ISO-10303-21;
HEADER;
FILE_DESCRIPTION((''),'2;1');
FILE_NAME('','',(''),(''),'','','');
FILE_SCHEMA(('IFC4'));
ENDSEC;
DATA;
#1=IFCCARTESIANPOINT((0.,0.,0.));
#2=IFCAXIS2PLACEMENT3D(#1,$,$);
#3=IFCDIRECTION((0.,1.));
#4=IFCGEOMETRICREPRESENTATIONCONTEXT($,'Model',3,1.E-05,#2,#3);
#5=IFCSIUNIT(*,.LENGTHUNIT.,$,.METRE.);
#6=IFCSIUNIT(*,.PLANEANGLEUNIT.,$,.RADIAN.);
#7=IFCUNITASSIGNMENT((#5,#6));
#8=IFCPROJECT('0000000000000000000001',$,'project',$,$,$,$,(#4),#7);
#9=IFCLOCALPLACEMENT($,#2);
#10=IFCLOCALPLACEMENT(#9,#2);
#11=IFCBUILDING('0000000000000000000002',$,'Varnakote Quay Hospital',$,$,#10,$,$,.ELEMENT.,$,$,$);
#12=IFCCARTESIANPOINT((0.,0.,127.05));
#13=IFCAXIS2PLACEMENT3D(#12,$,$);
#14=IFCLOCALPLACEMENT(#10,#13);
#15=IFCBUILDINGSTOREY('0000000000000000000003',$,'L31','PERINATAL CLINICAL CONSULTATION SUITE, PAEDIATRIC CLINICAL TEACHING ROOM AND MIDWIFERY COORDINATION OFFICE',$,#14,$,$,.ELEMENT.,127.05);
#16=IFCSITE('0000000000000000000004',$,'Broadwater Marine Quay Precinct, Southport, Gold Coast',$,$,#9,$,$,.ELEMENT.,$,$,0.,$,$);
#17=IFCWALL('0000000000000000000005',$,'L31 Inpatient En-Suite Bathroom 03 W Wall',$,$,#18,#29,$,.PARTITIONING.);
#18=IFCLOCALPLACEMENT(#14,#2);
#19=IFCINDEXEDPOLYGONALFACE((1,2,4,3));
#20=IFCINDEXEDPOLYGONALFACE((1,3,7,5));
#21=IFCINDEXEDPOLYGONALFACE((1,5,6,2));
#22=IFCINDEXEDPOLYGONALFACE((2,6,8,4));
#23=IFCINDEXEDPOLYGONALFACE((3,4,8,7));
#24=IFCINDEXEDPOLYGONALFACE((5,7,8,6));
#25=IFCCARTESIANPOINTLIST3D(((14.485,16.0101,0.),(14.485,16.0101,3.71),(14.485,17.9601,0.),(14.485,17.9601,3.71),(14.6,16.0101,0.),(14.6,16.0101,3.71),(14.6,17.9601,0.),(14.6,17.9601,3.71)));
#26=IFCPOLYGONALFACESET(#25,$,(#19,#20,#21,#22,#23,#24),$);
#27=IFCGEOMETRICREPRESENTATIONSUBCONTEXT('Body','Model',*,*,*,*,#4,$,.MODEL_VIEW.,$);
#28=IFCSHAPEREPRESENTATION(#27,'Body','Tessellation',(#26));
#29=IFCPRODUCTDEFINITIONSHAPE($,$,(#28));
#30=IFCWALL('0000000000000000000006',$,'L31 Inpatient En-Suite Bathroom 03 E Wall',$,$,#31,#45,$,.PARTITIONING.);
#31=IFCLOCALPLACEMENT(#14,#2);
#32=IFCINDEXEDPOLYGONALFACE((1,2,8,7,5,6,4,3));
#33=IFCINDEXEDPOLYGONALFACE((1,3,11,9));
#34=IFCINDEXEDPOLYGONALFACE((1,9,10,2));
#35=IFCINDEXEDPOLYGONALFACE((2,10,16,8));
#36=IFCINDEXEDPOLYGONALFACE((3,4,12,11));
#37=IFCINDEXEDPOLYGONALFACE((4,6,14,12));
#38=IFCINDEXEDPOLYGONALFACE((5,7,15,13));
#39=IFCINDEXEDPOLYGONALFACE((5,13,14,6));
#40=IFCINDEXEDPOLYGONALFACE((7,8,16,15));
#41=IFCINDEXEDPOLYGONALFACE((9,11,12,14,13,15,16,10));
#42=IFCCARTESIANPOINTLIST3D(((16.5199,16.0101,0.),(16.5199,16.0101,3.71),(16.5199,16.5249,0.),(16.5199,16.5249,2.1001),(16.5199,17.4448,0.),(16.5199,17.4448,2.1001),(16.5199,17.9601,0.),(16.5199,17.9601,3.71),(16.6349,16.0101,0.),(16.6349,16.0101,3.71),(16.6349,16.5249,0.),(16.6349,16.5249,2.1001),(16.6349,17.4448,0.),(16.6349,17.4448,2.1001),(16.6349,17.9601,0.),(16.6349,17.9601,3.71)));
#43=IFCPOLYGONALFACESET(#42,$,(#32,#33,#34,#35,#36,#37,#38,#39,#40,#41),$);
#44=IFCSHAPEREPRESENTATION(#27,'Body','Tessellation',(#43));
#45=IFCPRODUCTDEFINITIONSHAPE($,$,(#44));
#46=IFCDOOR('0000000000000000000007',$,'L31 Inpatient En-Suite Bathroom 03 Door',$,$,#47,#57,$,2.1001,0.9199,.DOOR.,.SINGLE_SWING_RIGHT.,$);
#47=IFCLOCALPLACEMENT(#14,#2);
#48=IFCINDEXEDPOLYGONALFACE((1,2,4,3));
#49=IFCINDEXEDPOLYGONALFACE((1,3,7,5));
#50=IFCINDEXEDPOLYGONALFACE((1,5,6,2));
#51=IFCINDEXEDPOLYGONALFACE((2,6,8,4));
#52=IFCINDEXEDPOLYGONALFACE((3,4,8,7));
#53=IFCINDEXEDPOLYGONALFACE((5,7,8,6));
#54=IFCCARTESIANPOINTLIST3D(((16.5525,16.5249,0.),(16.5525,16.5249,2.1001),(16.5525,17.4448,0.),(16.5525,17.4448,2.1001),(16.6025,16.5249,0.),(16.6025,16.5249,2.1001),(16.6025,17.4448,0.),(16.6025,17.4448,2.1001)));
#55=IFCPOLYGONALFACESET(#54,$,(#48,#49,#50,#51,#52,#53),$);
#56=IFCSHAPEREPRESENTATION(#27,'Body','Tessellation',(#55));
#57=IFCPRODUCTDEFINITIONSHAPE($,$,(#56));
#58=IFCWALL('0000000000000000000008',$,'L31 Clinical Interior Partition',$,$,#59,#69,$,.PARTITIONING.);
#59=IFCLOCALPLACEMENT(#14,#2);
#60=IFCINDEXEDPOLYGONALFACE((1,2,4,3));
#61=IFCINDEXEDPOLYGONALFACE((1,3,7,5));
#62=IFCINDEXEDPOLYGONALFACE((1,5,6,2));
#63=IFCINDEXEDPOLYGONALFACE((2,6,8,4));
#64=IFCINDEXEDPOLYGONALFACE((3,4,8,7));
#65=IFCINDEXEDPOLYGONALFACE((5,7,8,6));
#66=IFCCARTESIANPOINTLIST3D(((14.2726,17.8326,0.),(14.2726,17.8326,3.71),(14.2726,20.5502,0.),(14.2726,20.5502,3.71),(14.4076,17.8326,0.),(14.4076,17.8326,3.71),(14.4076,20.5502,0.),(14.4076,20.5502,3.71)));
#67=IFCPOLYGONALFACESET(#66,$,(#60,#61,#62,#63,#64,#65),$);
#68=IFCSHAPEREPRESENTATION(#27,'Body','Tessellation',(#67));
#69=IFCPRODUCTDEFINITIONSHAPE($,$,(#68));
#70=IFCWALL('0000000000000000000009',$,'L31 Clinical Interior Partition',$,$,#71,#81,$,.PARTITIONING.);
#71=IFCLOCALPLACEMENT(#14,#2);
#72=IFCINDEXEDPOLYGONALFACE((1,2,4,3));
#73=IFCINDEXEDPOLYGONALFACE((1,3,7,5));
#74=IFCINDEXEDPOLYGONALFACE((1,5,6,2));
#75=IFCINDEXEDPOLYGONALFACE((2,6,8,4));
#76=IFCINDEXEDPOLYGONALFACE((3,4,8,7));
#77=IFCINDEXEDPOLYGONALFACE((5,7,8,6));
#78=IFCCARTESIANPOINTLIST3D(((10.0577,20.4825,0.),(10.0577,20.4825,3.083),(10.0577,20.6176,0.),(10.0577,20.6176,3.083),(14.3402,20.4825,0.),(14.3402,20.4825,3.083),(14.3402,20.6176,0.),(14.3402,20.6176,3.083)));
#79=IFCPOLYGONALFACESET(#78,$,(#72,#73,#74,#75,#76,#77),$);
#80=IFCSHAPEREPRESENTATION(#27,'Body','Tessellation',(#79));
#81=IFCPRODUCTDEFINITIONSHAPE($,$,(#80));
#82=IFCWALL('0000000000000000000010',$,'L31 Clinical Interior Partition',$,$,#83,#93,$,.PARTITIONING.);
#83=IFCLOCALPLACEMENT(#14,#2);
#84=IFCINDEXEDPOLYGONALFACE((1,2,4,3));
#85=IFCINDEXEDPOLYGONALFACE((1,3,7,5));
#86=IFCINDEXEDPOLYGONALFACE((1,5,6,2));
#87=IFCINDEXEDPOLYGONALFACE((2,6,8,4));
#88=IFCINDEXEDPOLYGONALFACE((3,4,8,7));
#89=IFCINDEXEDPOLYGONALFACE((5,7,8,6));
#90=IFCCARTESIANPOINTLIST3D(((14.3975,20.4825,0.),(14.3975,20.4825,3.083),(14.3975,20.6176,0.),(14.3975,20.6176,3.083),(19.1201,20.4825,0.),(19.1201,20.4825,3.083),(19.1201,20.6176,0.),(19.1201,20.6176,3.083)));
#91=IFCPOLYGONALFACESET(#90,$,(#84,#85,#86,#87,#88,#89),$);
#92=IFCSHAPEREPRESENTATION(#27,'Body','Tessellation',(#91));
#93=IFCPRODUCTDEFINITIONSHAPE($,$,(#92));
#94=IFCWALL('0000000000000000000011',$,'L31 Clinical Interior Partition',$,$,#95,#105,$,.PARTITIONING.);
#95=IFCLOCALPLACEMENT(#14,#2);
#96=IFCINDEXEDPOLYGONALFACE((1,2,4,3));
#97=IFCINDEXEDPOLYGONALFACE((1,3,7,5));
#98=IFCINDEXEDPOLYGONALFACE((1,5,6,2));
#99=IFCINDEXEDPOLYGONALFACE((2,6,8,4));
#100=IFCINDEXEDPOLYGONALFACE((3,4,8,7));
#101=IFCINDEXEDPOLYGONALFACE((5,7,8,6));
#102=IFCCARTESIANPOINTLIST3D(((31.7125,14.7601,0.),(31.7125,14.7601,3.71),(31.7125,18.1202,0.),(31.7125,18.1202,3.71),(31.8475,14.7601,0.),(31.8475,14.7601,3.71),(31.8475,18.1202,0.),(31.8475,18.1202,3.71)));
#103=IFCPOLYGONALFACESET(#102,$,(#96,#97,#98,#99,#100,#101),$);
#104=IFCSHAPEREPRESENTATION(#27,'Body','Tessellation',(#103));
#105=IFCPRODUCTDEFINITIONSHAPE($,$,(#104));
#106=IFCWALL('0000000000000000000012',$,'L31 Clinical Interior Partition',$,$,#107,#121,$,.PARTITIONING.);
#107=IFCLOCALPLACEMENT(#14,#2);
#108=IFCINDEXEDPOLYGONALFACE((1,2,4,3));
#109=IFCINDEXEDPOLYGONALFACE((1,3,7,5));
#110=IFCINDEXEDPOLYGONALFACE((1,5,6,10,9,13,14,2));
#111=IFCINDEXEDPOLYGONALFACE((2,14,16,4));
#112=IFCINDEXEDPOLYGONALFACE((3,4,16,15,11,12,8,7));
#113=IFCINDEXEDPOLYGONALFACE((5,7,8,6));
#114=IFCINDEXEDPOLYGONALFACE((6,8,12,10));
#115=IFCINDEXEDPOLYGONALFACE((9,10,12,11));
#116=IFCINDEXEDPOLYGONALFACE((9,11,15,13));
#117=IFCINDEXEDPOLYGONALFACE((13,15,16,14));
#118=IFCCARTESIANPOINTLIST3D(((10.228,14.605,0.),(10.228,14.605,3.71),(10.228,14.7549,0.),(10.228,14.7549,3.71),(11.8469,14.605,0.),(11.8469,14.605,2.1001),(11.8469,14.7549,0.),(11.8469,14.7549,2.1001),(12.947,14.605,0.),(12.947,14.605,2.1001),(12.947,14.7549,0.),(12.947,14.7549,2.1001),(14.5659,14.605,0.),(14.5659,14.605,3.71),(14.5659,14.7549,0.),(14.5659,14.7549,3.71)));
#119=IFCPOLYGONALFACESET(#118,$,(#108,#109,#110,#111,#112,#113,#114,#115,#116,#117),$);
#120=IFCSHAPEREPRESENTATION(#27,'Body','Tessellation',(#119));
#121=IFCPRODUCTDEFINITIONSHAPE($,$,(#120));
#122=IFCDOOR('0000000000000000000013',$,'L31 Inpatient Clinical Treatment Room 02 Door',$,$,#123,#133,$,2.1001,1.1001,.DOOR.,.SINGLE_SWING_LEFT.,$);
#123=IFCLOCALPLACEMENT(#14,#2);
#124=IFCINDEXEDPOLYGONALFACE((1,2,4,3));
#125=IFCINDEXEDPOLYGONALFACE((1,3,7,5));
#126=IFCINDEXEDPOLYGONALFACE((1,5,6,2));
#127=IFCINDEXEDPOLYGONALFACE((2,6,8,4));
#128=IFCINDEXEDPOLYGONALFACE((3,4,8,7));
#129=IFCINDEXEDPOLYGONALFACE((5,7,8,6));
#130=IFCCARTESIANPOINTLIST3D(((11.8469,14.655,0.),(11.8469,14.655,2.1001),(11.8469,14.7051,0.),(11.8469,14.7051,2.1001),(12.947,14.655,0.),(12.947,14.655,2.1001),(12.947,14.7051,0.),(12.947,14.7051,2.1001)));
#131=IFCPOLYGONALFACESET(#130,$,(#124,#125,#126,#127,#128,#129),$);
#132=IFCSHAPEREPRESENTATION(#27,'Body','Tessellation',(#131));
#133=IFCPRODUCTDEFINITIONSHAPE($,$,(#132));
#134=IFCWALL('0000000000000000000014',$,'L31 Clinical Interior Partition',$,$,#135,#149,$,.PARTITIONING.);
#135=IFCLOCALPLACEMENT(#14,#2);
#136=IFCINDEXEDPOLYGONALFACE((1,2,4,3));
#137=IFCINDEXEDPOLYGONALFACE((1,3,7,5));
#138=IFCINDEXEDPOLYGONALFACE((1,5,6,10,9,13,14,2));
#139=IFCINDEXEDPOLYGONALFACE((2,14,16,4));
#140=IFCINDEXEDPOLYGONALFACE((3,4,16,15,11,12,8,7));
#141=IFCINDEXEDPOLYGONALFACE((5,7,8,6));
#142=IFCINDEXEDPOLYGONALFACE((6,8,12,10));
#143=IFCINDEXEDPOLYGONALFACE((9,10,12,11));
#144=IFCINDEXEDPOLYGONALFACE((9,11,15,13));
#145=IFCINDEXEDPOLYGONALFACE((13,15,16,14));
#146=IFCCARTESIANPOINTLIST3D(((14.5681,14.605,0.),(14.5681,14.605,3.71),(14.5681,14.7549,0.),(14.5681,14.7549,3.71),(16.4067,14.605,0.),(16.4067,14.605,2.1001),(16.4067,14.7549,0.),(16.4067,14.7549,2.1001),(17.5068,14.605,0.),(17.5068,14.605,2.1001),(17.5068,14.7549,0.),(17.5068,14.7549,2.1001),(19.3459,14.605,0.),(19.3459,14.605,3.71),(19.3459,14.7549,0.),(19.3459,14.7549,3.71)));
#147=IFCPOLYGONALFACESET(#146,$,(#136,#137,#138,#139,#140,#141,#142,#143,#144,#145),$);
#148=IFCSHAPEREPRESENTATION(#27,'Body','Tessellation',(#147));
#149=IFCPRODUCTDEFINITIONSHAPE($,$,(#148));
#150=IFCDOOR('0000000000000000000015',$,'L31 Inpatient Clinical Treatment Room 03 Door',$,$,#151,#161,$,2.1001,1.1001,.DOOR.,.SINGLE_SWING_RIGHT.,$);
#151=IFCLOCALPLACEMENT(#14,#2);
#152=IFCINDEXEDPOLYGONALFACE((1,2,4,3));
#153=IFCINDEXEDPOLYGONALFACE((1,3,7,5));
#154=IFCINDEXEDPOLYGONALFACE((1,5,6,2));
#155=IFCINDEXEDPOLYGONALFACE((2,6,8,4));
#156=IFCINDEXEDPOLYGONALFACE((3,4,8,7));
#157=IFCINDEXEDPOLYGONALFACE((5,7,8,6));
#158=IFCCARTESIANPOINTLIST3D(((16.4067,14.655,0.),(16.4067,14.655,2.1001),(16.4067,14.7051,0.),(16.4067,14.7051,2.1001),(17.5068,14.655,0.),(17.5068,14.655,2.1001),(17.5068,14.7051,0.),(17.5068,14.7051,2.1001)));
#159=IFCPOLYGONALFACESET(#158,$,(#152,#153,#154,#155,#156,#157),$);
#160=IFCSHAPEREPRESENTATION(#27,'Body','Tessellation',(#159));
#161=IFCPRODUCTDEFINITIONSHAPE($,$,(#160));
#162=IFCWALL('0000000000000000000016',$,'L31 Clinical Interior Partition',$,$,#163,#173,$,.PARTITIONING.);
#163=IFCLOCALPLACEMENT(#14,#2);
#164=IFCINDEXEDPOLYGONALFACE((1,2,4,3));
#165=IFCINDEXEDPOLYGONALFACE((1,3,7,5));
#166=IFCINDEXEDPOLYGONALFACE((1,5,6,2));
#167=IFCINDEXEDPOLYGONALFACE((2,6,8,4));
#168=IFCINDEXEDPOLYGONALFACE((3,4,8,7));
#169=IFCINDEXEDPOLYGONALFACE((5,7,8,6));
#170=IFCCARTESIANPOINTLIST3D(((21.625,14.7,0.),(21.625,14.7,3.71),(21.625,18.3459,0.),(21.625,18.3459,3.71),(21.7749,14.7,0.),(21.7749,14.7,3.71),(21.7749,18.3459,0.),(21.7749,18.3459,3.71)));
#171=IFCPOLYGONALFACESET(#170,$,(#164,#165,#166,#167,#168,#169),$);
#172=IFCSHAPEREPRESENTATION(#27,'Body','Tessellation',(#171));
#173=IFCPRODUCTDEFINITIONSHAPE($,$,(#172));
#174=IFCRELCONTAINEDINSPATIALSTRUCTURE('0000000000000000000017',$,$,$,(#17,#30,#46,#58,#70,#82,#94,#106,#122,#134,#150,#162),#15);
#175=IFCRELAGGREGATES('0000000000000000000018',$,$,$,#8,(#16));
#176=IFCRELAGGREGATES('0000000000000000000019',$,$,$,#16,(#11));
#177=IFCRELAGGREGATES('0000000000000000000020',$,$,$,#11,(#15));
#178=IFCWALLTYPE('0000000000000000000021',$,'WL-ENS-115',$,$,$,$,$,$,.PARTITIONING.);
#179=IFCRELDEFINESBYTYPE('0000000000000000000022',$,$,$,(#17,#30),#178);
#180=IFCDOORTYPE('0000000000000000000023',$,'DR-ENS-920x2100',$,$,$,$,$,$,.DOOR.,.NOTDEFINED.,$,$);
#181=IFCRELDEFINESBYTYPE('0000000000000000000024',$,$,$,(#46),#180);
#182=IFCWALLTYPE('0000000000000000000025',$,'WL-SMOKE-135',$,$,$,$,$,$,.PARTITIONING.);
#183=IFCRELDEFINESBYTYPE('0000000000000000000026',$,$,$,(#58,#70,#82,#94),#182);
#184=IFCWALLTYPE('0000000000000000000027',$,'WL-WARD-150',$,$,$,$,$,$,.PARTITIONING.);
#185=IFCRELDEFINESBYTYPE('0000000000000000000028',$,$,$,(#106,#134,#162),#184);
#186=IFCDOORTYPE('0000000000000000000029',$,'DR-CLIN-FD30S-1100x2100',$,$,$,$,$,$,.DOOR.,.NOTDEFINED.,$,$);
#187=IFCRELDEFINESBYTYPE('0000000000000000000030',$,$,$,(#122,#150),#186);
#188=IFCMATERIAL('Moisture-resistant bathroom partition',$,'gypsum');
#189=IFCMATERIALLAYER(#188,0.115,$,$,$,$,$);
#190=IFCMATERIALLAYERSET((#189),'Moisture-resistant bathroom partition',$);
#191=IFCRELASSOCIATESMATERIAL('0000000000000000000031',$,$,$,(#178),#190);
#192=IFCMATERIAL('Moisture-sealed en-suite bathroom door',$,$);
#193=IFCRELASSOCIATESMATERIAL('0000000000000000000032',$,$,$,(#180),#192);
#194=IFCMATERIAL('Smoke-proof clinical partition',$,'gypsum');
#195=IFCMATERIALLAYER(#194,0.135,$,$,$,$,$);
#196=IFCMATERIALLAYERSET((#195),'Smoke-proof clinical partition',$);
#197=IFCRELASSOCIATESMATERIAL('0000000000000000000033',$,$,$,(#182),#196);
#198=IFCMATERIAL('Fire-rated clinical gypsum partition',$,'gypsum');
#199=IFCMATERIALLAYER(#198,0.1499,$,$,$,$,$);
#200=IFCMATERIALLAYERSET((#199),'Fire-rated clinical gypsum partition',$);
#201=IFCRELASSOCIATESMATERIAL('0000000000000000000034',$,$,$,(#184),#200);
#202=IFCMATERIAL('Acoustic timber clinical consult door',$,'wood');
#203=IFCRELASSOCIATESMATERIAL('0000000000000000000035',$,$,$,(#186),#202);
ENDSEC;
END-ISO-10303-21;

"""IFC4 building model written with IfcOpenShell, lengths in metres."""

from ifc_helpers import new_model, si_unit, direction, frame, frame_2d, origin, place, context, subcontext, project, spatial, rectangle, extrude, material, layer, layer_set, type_object, element, fill, save


model = new_model("IFC4")

# Units and contexts
model_context = context("Model", 3, precision=1e-05, world=origin(), true_north=direction((0.0, 1.0)))
body_context = subcontext(model_context, "Body", "Model", "MODEL_VIEW")
ifc_project = project(units=[si_unit("LENGTHUNIT", "METRE"), si_unit("PLANEANGLEUNIT", "RADIAN")], contexts=[model_context])

# Site, building, storey
site_placement = place(None, origin())
site = spatial("IfcSite", under=ifc_project, at=site_placement, Name="Broadwater Marine Quay Precinct, Southport, Gold Coast", CompositionType="ELEMENT", RefElevation=0.0)
building_placement = place(site_placement, origin())
building = spatial("IfcBuilding", under=site, at=building_placement, Name="Varnakote Quay Hospital", CompositionType="ELEMENT")
storey_placement = place(building_placement, frame((0.0, 0.0, 127.05)))
storey = spatial("IfcBuildingStorey", under=building, at=storey_placement, Name="L31", Description="PERINATAL CLINICAL CONSULTATION SUITE, PAEDIATRIC CLINICAL TEACHING ROOM AND MIDWIFERY COORDINATION OFFICE", CompositionType="ELEMENT", Elevation=127.05)

# Shared definitions
ifc_material_1 = material(Name="Moisture-resistant bathroom partition", Category="gypsum")
ifc_layer_1 = layer(ifc_material_1, 0.115)
ifc_layer_set_1 = layer_set([ifc_layer_1], Name="Moisture-resistant bathroom partition")
wall_type_1 = type_object("IfcWallType", Name="WL-ENS-115", PredefinedType="PARTITIONING", material=ifc_layer_set_1)

# Shared definitions
ifc_material_2 = material(Name="Moisture-sealed en-suite bathroom door")
door_type_1 = type_object("IfcDoorType", Name="DR-ENS-920x2100", OperationType="NOTDEFINED", PredefinedType="DOOR", material=ifc_material_2)

# Wall
wall_1_placement = place(storey_placement, frame((14.5425, 16.01, 0.0), z_axis=(0.0, 0.0, 1.0), x_axis=(0.0, 1.0, 0.0)))
element("IfcWall", 1, at=wall_1_placement, inside=storey, type_object=wall_type_1, Name="L31 Inpatient En-Suite Bathroom 03 W Wall", PredefinedType="PARTITIONING", context=body_context, shape_type="SweptSolid", body=[
    extrude(rectangle(XDim=1.95, YDim=0.115, at=frame_2d((0.9751, 0.0))), origin(), (0.0, 0.0, 1.0), 3.71),
])

# Wall, opening, door
wall_2_placement = place(storey_placement, frame((16.5774, 16.01, 0.0), z_axis=(0.0, 0.0, 1.0), x_axis=(0.0, 1.0, 0.0)))
wall_2 = element("IfcWall", 2, at=wall_2_placement, inside=storey, type_object=wall_type_1, Name="L31 Inpatient En-Suite Bathroom 03 E Wall", PredefinedType="PARTITIONING", context=body_context, shape_type="SweptSolid", body=[
    extrude(rectangle(XDim=1.95, YDim=0.115, at=frame_2d((0.9751, 0.0))), origin(), (0.0, 0.0, 1.0), 3.71),
])
opening_1_placement = place(wall_2_placement, frame((0.5149, 0.0, 0.0)))
opening_1 = element("IfcOpeningElement", 3, at=opening_1_placement, cuts=wall_2, PredefinedType="OPENING", context=body_context, shape_type="SweptSolid", body=[
    extrude(rectangle(XDim=0.9199, YDim=2.1001, at=frame_2d((0.46, 1.05))), frame((0.0, 0.0674, 0.0), z_axis=(0.0, -1.0, 0.0), x_axis=(1.0, 0.0, 0.0)), (0.0, 0.0, 1.0), 0.135),
])
door_1_placement = place(opening_1_placement, origin())
door_1 = element("IfcDoor", 4, at=door_1_placement, inside=storey, type_object=door_type_1, Name="L31 Inpatient En-Suite Bathroom 03 Door", OperationType="SINGLE_SWING_RIGHT", OverallHeight=2.1001, OverallWidth=0.9199, PredefinedType="DOOR", context=body_context, shape_type="SweptSolid", body=[
    extrude(rectangle(XDim=0.9199, YDim=2.1001, at=frame_2d((0.46, 1.05))), frame((0.0, 0.0249, 0.0), z_axis=(0.0, -1.0, 0.0), x_axis=(1.0, 0.0, 0.0)), (0.0, 0.0, 1.0), 0.05),
])
fill(opening_1, door_1)

# Walls
ifc_material_3 = material(Name="Smoke-proof clinical partition", Category="gypsum")
ifc_layer_2 = layer(ifc_material_3, 0.135)
ifc_layer_set_2 = layer_set([ifc_layer_2], Name="Smoke-proof clinical partition")
wall_type_2 = type_object("IfcWallType", Name="WL-SMOKE-135", PredefinedType="PARTITIONING", material=ifc_layer_set_2)
wall_3_placement = place(storey_placement, frame((14.3401, 17.8325, 0.0), z_axis=(0.0, 0.0, 1.0), x_axis=(0.0, 1.0, 0.0)))
element("IfcWall", 5, at=wall_3_placement, inside=storey, type_object=wall_type_2, Name="L31 Clinical Interior Partition", PredefinedType="PARTITIONING", context=body_context, shape_type="SweptSolid", body=[
    extrude(rectangle(XDim=2.7175, YDim=0.135, at=frame_2d((1.3589, 0.0))), origin(), (0.0, 0.0, 1.0), 3.71),
])
wall_4_placement = place(storey_placement, frame((14.3401, 20.55, 0.0), z_axis=(0.0, 0.0, 1.0), x_axis=(-1.0, 0.0, 0.0)))
element("IfcWall", 6, at=wall_4_placement, inside=storey, type_object=wall_type_2, Name="L31 Clinical Interior Partition", PredefinedType="PARTITIONING", context=body_context, shape_type="SweptSolid", body=[
    extrude(rectangle(XDim=4.2825, YDim=0.135, at=frame_2d((2.1411, 0.0))), origin(), (0.0, 0.0, 1.0), 3.083),
])
wall_5_placement = place(storey_placement, frame((19.1201, 20.55, 0.0), z_axis=(0.0, 0.0, 1.0), x_axis=(-1.0, 0.0, 0.0)))
element("IfcWall", 7, at=wall_5_placement, inside=storey, type_object=wall_type_2, Name="L31 Clinical Interior Partition", PredefinedType="PARTITIONING", context=body_context, shape_type="SweptSolid", body=[
    extrude(rectangle(XDim=4.7227, YDim=0.135, at=frame_2d((2.3613, 0.0))), origin(), (0.0, 0.0, 1.0), 3.083),
])
wall_6_placement = place(storey_placement, frame((31.78, 14.76, 0.0), z_axis=(0.0, 0.0, 1.0), x_axis=(0.0, 1.0, 0.0)))
element("IfcWall", 8, at=wall_6_placement, inside=storey, type_object=wall_type_2, Name="L31 Clinical Interior Partition", PredefinedType="PARTITIONING", context=body_context, shape_type="SweptSolid", body=[
    extrude(rectangle(XDim=3.3601, YDim=0.135, at=frame_2d((1.6802, 0.0))), origin(), (0.0, 0.0, 1.0), 3.71),
])

# Walls, openings, doors
ifc_material_4 = material(Name="Fire-rated clinical gypsum partition", Category="gypsum")
ifc_layer_3 = layer(ifc_material_4, 0.1499)
ifc_layer_set_3 = layer_set([ifc_layer_3], Name="Fire-rated clinical gypsum partition")
wall_type_3 = type_object("IfcWallType", Name="WL-WARD-150", PredefinedType="PARTITIONING", material=ifc_layer_set_3)
wall_7_placement = place(storey_placement, frame((14.5659, 14.6799, 0.0), z_axis=(0.0, 0.0, 1.0), x_axis=(-1.0, 0.0, 0.0)))
wall_7 = element("IfcWall", 9, at=wall_7_placement, inside=storey, type_object=wall_type_3, Name="L31 Clinical Interior Partition", PredefinedType="PARTITIONING", context=body_context, shape_type="SweptSolid", body=[
    extrude(rectangle(XDim=4.3379, YDim=0.1499, at=frame_2d((2.1689, 0.0))), origin(), (0.0, 0.0, 1.0), 3.71),
])
opening_2_placement = place(wall_7_placement, frame((1.6189, 0.0, 0.0)))
opening_2 = element("IfcOpeningElement", 10, at=opening_2_placement, cuts=wall_7, PredefinedType="OPENING", context=body_context, shape_type="SweptSolid", body=[
    extrude(rectangle(XDim=1.1001, YDim=2.1001, at=frame_2d((0.55, 1.05))), frame((0.0, 0.085, 0.0), z_axis=(0.0, -1.0, 0.0), x_axis=(1.0, 0.0, 0.0)), (0.0, 0.0, 1.0), 0.1699),
])
ifc_material_5 = material(Name="Acoustic timber clinical consult door", Category="wood")
door_type_2 = type_object("IfcDoorType", Name="DR-CLIN-FD30S-1100x2100", OperationType="NOTDEFINED", PredefinedType="DOOR", material=ifc_material_5)
door_2_placement = place(opening_2_placement, origin())
door_2 = element("IfcDoor", 11, at=door_2_placement, inside=storey, type_object=door_type_2, Name="L31 Inpatient Clinical Treatment Room 02 Door", OperationType="SINGLE_SWING_LEFT", OverallHeight=2.1001, OverallWidth=1.1001, PredefinedType="DOOR", context=body_context, shape_type="SweptSolid", body=[
    extrude(rectangle(XDim=1.1001, YDim=2.1001, at=frame_2d((0.55, 1.05))), frame((0.0, 0.0249, 0.0), z_axis=(0.0, -1.0, 0.0), x_axis=(1.0, 0.0, 0.0)), (0.0, 0.0, 1.0), 0.05),
])
fill(opening_2, door_2)
wall_8_placement = place(storey_placement, frame((19.3459, 14.6799, 0.0), z_axis=(0.0, 0.0, 1.0), x_axis=(-1.0, 0.0, 0.0)))
wall_8 = element("IfcWall", 12, at=wall_8_placement, inside=storey, type_object=wall_type_3, Name="L31 Clinical Interior Partition", PredefinedType="PARTITIONING", context=body_context, shape_type="SweptSolid", body=[
    extrude(rectangle(XDim=4.7778, YDim=0.1499, at=frame_2d((2.3889, 0.0))), origin(), (0.0, 0.0, 1.0), 3.71),
])
opening_3_placement = place(wall_8_placement, frame((1.8391, 0.0, 0.0)))
opening_3 = element("IfcOpeningElement", 13, at=opening_3_placement, cuts=wall_8, PredefinedType="OPENING", context=body_context, shape_type="SweptSolid", body=[
    extrude(rectangle(XDim=1.1001, YDim=2.1001, at=frame_2d((0.55, 1.05))), frame((0.0, 0.085, 0.0), z_axis=(0.0, -1.0, 0.0), x_axis=(1.0, 0.0, 0.0)), (0.0, 0.0, 1.0), 0.1699),
])
door_3_placement = place(opening_3_placement, origin())
door_3 = element("IfcDoor", 14, at=door_3_placement, inside=storey, type_object=door_type_2, Name="L31 Inpatient Clinical Treatment Room 03 Door", OperationType="SINGLE_SWING_RIGHT", OverallHeight=2.1001, OverallWidth=1.1001, PredefinedType="DOOR", context=body_context, shape_type="SweptSolid", body=[
    extrude(rectangle(XDim=1.1001, YDim=2.1001, at=frame_2d((0.55, 1.05))), frame((0.0, 0.0249, 0.0), z_axis=(0.0, -1.0, 0.0), x_axis=(1.0, 0.0, 0.0)), (0.0, 0.0, 1.0), 0.05),
])
fill(opening_3, door_3)

# Wall
wall_9_placement = place(storey_placement, frame((21.7, 14.7, 0.0), z_axis=(0.0, 0.0, 1.0), x_axis=(0.0, 1.0, 0.0)))
element("IfcWall", 15, at=wall_9_placement, inside=storey, type_object=wall_type_3, Name="L31 Clinical Interior Partition", PredefinedType="PARTITIONING", context=body_context, shape_type="SweptSolid", body=[
    extrude(rectangle(XDim=3.646, YDim=0.1499, at=frame_2d((1.823, 0.0))), origin(), (0.0, 0.0, 1.0), 3.71),
])

save(model, "model.ifc")
